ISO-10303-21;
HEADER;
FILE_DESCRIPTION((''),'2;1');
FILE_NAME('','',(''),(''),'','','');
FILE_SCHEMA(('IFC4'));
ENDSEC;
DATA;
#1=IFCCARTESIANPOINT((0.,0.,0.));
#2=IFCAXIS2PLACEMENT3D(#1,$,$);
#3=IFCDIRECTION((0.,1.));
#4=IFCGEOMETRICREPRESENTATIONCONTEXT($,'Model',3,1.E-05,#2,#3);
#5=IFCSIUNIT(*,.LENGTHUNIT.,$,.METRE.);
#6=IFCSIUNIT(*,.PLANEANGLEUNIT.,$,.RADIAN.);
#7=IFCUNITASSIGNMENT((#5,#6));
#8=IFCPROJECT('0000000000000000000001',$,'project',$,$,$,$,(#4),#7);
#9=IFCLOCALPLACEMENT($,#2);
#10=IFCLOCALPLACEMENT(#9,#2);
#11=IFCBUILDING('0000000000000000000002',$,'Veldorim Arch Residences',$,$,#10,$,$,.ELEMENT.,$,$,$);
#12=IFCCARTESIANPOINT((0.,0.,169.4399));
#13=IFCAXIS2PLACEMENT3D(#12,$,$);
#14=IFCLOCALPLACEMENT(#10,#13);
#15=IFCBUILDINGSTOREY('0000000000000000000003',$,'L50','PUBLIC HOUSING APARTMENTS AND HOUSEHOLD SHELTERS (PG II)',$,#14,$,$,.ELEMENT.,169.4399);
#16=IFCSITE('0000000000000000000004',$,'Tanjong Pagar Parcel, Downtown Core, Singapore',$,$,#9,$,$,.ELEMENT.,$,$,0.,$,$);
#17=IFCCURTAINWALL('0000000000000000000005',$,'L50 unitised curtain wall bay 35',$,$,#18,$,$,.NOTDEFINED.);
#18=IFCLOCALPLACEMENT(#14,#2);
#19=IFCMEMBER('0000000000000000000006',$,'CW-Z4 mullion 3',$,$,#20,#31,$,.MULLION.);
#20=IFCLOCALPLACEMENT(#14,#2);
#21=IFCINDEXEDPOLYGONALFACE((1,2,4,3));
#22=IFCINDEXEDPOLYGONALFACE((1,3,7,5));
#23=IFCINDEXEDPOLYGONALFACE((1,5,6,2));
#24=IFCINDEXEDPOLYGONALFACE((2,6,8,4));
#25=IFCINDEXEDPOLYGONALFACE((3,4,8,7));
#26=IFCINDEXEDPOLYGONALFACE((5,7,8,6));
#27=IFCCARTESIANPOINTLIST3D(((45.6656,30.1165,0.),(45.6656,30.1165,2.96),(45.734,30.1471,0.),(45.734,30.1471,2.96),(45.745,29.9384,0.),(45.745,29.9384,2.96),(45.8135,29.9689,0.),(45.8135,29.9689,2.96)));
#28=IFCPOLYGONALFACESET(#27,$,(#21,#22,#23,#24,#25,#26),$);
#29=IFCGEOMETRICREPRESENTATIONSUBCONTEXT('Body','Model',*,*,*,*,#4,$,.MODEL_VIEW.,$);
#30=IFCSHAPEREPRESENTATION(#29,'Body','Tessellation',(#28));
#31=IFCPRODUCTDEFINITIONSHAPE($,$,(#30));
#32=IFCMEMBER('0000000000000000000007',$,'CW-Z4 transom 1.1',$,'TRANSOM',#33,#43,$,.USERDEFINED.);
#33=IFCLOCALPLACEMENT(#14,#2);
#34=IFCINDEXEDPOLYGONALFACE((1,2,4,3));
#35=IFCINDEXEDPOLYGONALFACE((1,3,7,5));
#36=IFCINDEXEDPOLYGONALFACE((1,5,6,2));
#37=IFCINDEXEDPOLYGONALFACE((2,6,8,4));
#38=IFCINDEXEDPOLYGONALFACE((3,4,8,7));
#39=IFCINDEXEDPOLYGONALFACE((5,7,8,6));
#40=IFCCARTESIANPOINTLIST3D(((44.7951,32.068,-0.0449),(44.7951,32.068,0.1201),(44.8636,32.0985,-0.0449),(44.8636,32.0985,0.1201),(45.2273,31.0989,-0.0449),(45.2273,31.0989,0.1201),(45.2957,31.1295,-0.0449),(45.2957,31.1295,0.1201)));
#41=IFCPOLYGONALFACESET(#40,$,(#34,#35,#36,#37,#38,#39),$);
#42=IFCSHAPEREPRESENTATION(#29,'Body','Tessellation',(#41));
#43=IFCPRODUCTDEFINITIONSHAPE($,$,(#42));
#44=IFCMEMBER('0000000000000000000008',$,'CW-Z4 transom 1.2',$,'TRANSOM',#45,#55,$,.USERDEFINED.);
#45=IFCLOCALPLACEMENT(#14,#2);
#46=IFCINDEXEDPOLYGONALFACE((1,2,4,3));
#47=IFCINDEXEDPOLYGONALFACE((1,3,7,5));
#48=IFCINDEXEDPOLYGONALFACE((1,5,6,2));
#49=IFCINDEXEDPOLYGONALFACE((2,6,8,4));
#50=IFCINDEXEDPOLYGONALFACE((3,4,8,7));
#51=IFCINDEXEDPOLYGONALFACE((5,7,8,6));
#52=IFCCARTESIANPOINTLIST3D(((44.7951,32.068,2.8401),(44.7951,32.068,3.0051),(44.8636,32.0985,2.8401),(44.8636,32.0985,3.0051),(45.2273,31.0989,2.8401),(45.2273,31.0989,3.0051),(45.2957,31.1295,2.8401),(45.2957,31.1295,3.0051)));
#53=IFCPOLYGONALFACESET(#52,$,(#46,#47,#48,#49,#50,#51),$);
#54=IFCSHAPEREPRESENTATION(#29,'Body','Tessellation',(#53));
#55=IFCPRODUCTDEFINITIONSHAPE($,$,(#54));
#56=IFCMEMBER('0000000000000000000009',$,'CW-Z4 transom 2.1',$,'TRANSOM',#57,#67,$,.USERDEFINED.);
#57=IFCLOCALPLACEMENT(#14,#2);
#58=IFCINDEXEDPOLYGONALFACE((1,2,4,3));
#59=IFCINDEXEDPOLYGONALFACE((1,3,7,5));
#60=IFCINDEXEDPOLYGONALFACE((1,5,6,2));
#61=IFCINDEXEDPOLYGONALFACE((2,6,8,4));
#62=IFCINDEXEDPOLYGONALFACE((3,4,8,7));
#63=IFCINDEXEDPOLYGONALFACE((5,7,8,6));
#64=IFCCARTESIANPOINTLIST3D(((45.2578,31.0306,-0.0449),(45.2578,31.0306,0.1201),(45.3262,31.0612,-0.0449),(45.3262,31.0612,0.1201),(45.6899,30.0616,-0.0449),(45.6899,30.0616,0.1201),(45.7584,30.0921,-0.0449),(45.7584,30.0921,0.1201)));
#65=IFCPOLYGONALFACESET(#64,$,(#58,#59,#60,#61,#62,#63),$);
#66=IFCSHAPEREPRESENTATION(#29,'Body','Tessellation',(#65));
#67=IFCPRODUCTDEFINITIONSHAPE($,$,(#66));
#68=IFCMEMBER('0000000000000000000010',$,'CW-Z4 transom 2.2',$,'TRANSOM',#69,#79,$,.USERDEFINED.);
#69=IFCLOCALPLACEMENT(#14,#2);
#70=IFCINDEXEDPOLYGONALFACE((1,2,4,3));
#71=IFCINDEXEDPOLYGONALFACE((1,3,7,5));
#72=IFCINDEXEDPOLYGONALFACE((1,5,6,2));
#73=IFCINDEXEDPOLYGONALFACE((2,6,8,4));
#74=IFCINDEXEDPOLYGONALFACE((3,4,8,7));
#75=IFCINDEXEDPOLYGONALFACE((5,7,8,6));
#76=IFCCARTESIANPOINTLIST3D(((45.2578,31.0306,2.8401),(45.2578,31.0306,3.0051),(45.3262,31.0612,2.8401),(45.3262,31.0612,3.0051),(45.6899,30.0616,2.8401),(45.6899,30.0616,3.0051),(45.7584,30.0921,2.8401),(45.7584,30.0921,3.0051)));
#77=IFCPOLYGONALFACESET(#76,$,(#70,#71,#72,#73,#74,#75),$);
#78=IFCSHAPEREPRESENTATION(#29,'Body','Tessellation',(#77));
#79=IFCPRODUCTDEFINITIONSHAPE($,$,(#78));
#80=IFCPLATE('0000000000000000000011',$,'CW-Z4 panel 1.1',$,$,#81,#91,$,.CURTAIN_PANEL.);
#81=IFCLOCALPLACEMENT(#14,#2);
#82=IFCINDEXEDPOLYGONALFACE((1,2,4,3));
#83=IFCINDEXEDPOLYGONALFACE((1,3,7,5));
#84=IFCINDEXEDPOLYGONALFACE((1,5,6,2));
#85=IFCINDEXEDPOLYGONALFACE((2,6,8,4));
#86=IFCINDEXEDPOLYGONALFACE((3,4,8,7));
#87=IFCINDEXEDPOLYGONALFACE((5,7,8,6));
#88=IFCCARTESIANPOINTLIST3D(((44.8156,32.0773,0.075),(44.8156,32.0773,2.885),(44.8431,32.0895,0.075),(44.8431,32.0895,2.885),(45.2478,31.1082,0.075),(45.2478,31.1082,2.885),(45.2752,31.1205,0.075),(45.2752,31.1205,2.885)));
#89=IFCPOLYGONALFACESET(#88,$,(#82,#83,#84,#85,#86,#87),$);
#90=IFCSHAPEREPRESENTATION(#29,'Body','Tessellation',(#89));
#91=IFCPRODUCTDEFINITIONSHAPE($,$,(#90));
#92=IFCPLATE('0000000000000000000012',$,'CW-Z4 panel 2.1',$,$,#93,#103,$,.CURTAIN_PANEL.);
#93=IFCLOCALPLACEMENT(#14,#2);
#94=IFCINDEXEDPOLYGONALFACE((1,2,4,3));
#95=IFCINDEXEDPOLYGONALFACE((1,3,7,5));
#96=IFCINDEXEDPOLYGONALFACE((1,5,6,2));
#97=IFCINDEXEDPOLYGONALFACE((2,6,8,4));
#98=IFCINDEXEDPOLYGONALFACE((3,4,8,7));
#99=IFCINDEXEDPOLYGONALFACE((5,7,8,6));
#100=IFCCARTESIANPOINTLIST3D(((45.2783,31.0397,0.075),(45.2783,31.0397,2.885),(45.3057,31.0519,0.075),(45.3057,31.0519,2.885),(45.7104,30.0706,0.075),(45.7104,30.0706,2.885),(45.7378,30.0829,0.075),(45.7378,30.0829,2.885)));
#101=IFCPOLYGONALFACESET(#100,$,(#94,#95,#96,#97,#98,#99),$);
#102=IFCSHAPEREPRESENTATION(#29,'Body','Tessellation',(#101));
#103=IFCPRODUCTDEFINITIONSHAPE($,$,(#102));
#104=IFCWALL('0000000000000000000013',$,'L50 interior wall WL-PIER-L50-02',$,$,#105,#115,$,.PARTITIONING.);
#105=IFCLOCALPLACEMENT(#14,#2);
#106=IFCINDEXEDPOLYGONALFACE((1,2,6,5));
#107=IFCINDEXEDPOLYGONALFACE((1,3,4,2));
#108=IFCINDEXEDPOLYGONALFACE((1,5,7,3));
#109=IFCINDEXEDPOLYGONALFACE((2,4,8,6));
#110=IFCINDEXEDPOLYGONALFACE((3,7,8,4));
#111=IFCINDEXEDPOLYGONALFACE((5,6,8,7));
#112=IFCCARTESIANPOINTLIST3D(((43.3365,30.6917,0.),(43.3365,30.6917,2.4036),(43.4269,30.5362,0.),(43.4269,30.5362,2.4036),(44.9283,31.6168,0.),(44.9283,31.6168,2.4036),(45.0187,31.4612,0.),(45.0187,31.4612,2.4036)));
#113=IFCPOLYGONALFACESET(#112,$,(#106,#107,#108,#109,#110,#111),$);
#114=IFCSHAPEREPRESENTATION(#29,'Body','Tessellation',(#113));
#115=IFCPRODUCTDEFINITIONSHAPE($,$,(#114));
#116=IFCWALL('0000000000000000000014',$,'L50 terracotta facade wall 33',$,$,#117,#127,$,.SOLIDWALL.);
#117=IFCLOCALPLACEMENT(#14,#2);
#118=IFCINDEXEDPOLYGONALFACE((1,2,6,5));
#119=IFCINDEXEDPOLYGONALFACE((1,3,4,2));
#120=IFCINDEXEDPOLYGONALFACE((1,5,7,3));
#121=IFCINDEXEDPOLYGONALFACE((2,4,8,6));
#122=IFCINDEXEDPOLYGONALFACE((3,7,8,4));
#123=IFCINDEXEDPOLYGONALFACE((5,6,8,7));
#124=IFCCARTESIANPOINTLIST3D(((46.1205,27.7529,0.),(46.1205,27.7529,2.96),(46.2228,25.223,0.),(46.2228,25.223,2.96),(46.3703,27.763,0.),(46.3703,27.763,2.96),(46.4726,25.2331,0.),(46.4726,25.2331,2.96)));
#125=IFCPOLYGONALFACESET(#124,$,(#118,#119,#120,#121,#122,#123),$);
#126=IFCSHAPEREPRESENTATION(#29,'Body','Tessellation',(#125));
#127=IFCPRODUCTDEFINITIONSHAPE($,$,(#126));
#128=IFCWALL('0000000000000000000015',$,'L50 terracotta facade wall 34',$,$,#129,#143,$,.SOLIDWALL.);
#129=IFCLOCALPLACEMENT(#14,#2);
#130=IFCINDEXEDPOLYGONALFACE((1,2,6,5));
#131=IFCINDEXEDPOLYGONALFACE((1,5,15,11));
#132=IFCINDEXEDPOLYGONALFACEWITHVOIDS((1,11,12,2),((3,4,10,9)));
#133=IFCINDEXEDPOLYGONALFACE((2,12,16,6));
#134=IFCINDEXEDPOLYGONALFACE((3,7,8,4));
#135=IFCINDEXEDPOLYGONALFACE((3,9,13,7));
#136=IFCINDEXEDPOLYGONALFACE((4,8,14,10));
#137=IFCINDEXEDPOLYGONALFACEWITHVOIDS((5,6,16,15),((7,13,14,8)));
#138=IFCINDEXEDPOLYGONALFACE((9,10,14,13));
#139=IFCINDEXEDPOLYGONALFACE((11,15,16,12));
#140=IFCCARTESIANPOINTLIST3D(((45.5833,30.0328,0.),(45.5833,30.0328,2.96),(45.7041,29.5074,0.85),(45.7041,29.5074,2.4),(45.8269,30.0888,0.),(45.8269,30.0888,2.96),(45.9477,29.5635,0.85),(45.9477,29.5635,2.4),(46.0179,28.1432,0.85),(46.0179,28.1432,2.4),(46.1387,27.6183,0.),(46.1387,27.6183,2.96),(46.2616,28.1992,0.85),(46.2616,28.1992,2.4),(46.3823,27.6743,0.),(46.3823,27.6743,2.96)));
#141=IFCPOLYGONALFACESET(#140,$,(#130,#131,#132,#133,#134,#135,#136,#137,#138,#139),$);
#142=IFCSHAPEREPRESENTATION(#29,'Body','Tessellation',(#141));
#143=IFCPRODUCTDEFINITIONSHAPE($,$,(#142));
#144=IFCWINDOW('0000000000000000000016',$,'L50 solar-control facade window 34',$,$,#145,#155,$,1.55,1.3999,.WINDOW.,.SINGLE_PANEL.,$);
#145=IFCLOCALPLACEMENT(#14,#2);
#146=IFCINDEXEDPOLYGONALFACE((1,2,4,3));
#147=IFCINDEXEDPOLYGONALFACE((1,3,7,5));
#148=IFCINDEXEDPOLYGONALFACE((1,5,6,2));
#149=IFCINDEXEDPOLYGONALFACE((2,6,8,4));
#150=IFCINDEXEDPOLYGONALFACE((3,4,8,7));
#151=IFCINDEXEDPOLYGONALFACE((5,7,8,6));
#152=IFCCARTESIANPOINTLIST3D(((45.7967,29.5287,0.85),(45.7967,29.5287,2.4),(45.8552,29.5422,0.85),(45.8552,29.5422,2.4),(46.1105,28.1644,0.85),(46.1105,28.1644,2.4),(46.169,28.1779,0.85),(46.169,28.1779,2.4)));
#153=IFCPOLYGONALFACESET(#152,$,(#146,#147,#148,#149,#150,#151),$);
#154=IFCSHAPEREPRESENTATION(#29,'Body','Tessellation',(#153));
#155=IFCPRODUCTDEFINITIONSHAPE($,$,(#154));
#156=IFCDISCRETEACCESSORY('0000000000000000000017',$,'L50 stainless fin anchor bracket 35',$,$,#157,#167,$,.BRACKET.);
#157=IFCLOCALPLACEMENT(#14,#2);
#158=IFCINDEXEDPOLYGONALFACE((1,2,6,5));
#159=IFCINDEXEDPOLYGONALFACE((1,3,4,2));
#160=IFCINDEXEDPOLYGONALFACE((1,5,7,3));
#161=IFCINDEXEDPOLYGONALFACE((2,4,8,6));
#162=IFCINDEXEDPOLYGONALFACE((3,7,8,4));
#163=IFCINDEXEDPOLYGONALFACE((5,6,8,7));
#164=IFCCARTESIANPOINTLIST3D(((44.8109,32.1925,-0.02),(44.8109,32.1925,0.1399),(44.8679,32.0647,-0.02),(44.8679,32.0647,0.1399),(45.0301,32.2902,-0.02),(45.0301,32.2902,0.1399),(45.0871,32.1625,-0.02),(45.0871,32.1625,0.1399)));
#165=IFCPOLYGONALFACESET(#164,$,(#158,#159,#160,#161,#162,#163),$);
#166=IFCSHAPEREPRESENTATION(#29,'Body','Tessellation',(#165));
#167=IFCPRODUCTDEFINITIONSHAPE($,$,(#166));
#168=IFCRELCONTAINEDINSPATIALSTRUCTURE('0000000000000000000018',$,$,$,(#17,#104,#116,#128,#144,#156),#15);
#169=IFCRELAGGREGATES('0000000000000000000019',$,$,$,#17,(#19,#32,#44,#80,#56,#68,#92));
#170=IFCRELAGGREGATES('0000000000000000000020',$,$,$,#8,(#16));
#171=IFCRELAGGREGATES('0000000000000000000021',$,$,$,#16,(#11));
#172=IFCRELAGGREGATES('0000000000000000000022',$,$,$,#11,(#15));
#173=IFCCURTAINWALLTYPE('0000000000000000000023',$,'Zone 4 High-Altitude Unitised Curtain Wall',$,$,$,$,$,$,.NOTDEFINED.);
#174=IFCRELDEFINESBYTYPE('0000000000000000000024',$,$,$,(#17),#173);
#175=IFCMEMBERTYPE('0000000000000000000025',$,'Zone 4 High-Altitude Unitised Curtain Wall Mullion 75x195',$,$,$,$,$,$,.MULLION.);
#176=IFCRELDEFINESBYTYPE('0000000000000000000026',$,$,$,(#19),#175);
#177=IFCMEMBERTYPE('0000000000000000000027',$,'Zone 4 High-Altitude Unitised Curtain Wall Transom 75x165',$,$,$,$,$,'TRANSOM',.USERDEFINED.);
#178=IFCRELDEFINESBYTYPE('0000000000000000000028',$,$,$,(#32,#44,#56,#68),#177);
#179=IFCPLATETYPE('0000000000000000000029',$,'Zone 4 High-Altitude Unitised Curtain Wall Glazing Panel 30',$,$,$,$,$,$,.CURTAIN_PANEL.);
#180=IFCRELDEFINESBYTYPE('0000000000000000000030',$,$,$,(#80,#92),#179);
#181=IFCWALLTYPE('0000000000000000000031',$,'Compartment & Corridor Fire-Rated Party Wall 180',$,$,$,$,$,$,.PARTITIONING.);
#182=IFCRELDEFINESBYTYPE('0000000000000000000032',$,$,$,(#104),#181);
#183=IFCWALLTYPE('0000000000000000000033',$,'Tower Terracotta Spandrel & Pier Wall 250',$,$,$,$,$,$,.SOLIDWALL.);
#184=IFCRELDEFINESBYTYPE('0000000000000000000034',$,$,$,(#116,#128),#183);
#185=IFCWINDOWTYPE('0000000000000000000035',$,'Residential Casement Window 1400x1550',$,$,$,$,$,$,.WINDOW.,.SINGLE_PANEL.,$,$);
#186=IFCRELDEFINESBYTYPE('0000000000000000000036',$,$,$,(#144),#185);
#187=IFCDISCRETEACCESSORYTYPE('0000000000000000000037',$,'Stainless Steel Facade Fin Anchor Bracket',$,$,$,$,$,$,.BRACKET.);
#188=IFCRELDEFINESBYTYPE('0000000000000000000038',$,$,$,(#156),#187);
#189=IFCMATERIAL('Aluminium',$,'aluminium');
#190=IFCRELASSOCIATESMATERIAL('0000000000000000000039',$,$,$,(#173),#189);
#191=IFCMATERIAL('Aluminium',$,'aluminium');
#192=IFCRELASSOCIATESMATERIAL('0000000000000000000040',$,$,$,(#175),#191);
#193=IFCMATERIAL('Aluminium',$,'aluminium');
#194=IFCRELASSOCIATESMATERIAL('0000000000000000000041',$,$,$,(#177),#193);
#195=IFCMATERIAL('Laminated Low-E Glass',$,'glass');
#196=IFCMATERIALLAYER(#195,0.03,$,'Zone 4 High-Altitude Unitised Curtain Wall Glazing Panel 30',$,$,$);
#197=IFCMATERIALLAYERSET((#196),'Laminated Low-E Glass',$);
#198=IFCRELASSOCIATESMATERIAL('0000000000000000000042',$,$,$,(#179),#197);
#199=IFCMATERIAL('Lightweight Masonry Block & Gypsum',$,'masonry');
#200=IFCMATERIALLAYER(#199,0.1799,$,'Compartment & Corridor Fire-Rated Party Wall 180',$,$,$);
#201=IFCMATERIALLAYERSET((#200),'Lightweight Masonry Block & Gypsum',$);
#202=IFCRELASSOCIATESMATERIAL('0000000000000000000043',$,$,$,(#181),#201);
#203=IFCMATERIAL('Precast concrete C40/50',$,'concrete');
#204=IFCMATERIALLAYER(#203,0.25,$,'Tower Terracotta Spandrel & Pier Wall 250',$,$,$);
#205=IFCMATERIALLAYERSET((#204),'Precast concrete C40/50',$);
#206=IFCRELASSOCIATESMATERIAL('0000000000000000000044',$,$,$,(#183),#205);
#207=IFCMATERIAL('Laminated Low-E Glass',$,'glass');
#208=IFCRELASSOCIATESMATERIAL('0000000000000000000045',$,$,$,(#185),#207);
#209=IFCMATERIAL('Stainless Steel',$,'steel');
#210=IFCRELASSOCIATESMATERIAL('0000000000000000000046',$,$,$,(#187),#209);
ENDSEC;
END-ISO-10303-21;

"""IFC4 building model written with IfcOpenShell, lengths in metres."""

from ifc_helpers import new_model, si_unit, direction, frame, frame_2d, origin, origin_2d, place, context, subcontext, project, spatial, rectangle, extrude, material, layer, layer_set, material_profile, profile_set, type_object, element, fill, aggregate, save


model = new_model("IFC4")

# Units and contexts
model_context = context("Model", 3, precision=1e-05, world=origin(), true_north=direction((0.0, 1.0)))
body_context = subcontext(model_context, "Body", "Model", "MODEL_VIEW")
ifc_project = project(units=[si_unit("LENGTHUNIT", "METRE"), si_unit("PLANEANGLEUNIT", "RADIAN")], contexts=[model_context])

# Site, building, storey
site_placement = place(None, origin())
site = spatial("IfcSite", under=ifc_project, at=site_placement, Name="Tanjong Pagar Parcel, Downtown Core, Singapore", CompositionType="ELEMENT", RefElevation=0.0)
building_placement = place(site_placement, origin())
building = spatial("IfcBuilding", under=site, at=building_placement, Name="Veldorim Arch Residences", CompositionType="ELEMENT")
storey_placement = place(building_placement, frame((0.0, 0.0, 169.4399)))
storey = spatial("IfcBuildingStorey", under=building, at=storey_placement, Name="L50", Description="PUBLIC HOUSING APARTMENTS AND HOUSEHOLD SHELTERS (PG II)", CompositionType="ELEMENT", Elevation=169.4399)

# Curtain wall, members, plates
ifc_material_1 = material(Name="Aluminium", Category="aluminium")
curtain_wall_type = type_object("IfcCurtainWallType", Name="Zone 4 High-Altitude Unitised Curtain Wall", PredefinedType="NOTDEFINED", material=ifc_material_1)
curtain_wall_placement = place(storey_placement, origin())
curtain_wall = element("IfcCurtainWall", 1, at=curtain_wall_placement, inside=storey, type_object=curtain_wall_type, Name="L50 unitised curtain wall bay 35", PredefinedType="NOTDEFINED")
ifc_material_2 = material(Name="Aluminium", Category="aluminium")
ifc_material_profile_1 = material_profile(ifc_material_2, rectangle(XDim=0.075, YDim=0.1951, at=origin_2d()), Name="ALU_MUL_75x195")
ifc_profile_set_1 = profile_set([ifc_material_profile_1], Name="Aluminium")
member_type_1 = type_object("IfcMemberType", Name="Zone 4 High-Altitude Unitised Curtain Wall Mullion 75x195", PredefinedType="MULLION", material=ifc_profile_set_1)
member_1_placement = place(storey_placement, frame((45.7395, 30.0427, 0.0), z_axis=(0.0, 0.0, 1.0), x_axis=(0.913308, 0.407269, 0.0)))
member_1 = element("IfcMember", 2, at=member_1_placement, type_object=member_type_1, Name="CW-Z4 mullion 3", PredefinedType="MULLION", context=body_context, shape_type="SweptSolid", body=[
    extrude(rectangle(XDim=0.075, YDim=0.1951, at=origin_2d()), origin(), (0.0, 0.0, 1.0), 2.96),
])
ifc_material_3 = material(Name="Aluminium", Category="aluminium")
ifc_material_profile_2 = material_profile(ifc_material_3, rectangle(XDim=0.075, YDim=0.165, at=origin_2d()), Name="ALU_TRN_75x165")
ifc_profile_set_2 = profile_set([ifc_material_profile_2], Name="Aluminium")
member_type_2 = type_object("IfcMemberType", Name="Zone 4 High-Altitude Unitised Curtain Wall Transom 75x165", ElementType="TRANSOM", PredefinedType="USERDEFINED", material=ifc_profile_set_2)
member_2_placement = place(storey_placement, frame((44.8293, 32.0833, 0.0376), z_axis=(0.407291, -0.913298, 0.0), x_axis=(0.913298, 0.407291, 0.0)))
member_2 = element("IfcMember", 3, at=member_2_placement, type_object=member_type_2, Name="CW-Z4 transom 1.1", ObjectType="TRANSOM", PredefinedType="USERDEFINED", context=body_context, shape_type="SweptSolid", body=[
    extrude(rectangle(XDim=0.075, YDim=0.165, at=origin_2d()), origin(), (0.0, 0.0, 1.0), 1.061),
])
member_3_placement = place(storey_placement, frame((44.8293, 32.0833, 2.9226), z_axis=(0.407291, -0.913298, 0.0), x_axis=(0.913298, 0.407291, 0.0)))
member_3 = element("IfcMember", 4, at=member_3_placement, type_object=member_type_2, Name="CW-Z4 transom 1.2", ObjectType="TRANSOM", PredefinedType="USERDEFINED", context=body_context, shape_type="SweptSolid", body=[
    extrude(rectangle(XDim=0.075, YDim=0.165, at=origin_2d()), origin(), (0.0, 0.0, 1.0), 1.061),
])
member_4_placement = place(storey_placement, frame((45.292, 31.0459, 0.0376), z_axis=(0.407291, -0.913298, 0.0), x_axis=(0.913298, 0.407291, 0.0)))
member_4 = element("IfcMember", 5, at=member_4_placement, type_object=member_type_2, Name="CW-Z4 transom 2.1", ObjectType="TRANSOM", PredefinedType="USERDEFINED", context=body_context, shape_type="SweptSolid", body=[
    extrude(rectangle(XDim=0.075, YDim=0.165, at=origin_2d()), origin(), (0.0, 0.0, 1.0), 1.061),
])
member_5_placement = place(storey_placement, frame((45.292, 31.0459, 2.9226), z_axis=(0.407291, -0.913298, 0.0), x_axis=(0.913298, 0.407291, 0.0)))
member_5 = element("IfcMember", 6, at=member_5_placement, type_object=member_type_2, Name="CW-Z4 transom 2.2", ObjectType="TRANSOM", PredefinedType="USERDEFINED", context=body_context, shape_type="SweptSolid", body=[
    extrude(rectangle(XDim=0.075, YDim=0.165, at=origin_2d()), origin(), (0.0, 0.0, 1.0), 1.061),
])
ifc_material_4 = material(Name="Laminated Low-E Glass", Category="glass")
ifc_layer_1 = layer(ifc_material_4, 0.03, Name="Zone 4 High-Altitude Unitised Curtain Wall Glazing Panel 30")
ifc_layer_set_1 = layer_set([ifc_layer_1], Name="Laminated Low-E Glass")
plate_type = type_object("IfcPlateType", Name="Zone 4 High-Altitude Unitised Curtain Wall Glazing Panel 30", PredefinedType="CURTAIN_PANEL", material=ifc_layer_set_1)
plate_1_placement = place(storey_placement, frame((45.0454, 31.5989, 0.075), z_axis=(0.0, 0.0, 1.0), x_axis=(0.407269, -0.913308, 0.0)))
plate_1 = element("IfcPlate", 7, at=plate_1_placement, type_object=plate_type, Name="CW-Z4 panel 1.1", PredefinedType="CURTAIN_PANEL", context=body_context, shape_type="SweptSolid", body=[
    extrude(rectangle(XDim=1.061, YDim=0.03, at=origin_2d()), origin(), (0.0, 0.0, 1.0), 2.8101),
])
plate_2_placement = place(storey_placement, frame((45.5081, 30.5613, 0.075), z_axis=(0.0, 0.0, 1.0), x_axis=(0.407269, -0.913308, 0.0)))
plate_2 = element("IfcPlate", 8, at=plate_2_placement, type_object=plate_type, Name="CW-Z4 panel 2.1", PredefinedType="CURTAIN_PANEL", context=body_context, shape_type="SweptSolid", body=[
    extrude(rectangle(XDim=1.061, YDim=0.03, at=origin_2d()), origin(), (0.0, 0.0, 1.0), 2.8101),
])
aggregate(curtain_wall, [member_1, member_2, member_3, plate_1, member_4, member_5, plate_2])

# Walls
ifc_material_5 = material(Name="Lightweight Masonry Block & Gypsum", Category="masonry")
ifc_layer_2 = layer(ifc_material_5, 0.1799, Name="Compartment & Corridor Fire-Rated Party Wall 180")
ifc_layer_set_2 = layer_set([ifc_layer_2], Name="Lightweight Masonry Block & Gypsum")
wall_type_1 = type_object("IfcWallType", Name="Compartment & Corridor Fire-Rated Party Wall 180", PredefinedType="PARTITIONING", material=ifc_layer_set_2)
wall_1_placement = place(storey_placement, frame((43.3818, 30.614, 0.0), z_axis=(0.0, 0.0, 1.0), x_axis=(0.864605, 0.502452, 0.0)))
element("IfcWall", 9, at=wall_1_placement, inside=storey, type_object=wall_type_1, Name="L50 interior wall WL-PIER-L50-02", PredefinedType="PARTITIONING", context=body_context, shape_type="SweptSolid", body=[
    extrude(rectangle(XDim=1.8411, YDim=0.1799, at=frame_2d((0.9204, 0.0))), origin(), (0.0, 0.0, 1.0), 2.4036),
])
ifc_material_6 = material(Name="Precast concrete C40/50", Category="concrete")
ifc_layer_3 = layer(ifc_material_6, 0.25, Name="Tower Terracotta Spandrel & Pier Wall 250")
ifc_layer_set_3 = layer_set([ifc_layer_3], Name="Precast concrete C40/50")
wall_type_2 = type_object("IfcWallType", Name="Tower Terracotta Spandrel & Pier Wall 250", PredefinedType="SOLIDWALL", material=ifc_layer_set_3)
wall_2_placement = place(storey_placement, frame((46.2454, 27.7581, 0.0), z_axis=(0.0, 0.0, 1.0), x_axis=(0.040399, -0.999184, 0.0)))
element("IfcWall", 10, at=wall_2_placement, inside=storey, type_object=wall_type_2, Name="L50 terracotta facade wall 33", PredefinedType="SOLIDWALL", context=body_context, shape_type="SweptSolid", body=[
    extrude(rectangle(XDim=2.532, YDim=0.25, at=frame_2d((1.2661, 0.0))), origin(), (0.0, 0.0, 1.0), 2.96),
])

# Wall, opening, window
wall_3_placement = place(storey_placement, frame((45.7051, 30.0608, 0.0), z_axis=(0.0, 0.0, 1.0), x_axis=(0.224176, -0.974549, 0.0)))
wall_3 = element("IfcWall", 11, at=wall_3_placement, inside=storey, type_object=wall_type_2, Name="L50 terracotta facade wall 34", PredefinedType="SOLIDWALL", context=body_context, shape_type="SweptSolid", body=[
    extrude(rectangle(XDim=2.4775, YDim=0.25, at=frame_2d((1.2388, 0.0))), origin(), (0.0, 0.0, 1.0), 2.96),
])
opening_placement = place(wall_3_placement, frame((0.5391, 0.0, 0.8501)))
opening = element("IfcOpeningElement", 12, at=opening_placement, cuts=wall_3, PredefinedType="OPENING", context=body_context, shape_type="SweptSolid", body=[
    extrude(rectangle(XDim=1.3999, YDim=1.55, at=frame_2d((0.7, 0.7749))), frame((0.0, 0.135, 0.0), z_axis=(0.0, -1.0, 0.0), x_axis=(1.0, 0.0, 0.0)), (0.0, 0.0, 1.0), 0.27),
])
ifc_material_7 = material(Name="Laminated Low-E Glass", Category="glass")
window_type = type_object("IfcWindowType", Name="Residential Casement Window 1400x1550", PartitioningType="SINGLE_PANEL", PredefinedType="WINDOW", material=ifc_material_7)
window_placement = place(opening_placement, origin())
window = element("IfcWindow", 13, at=window_placement, inside=storey, type_object=window_type, Name="L50 solar-control facade window 34", OverallHeight=1.55, OverallWidth=1.3999, PartitioningType="SINGLE_PANEL", PredefinedType="WINDOW", context=body_context, shape_type="SweptSolid", body=[
    extrude(rectangle(XDim=1.3999, YDim=1.55, at=frame_2d((0.7, 0.7749))), frame((0.0, 0.03, 0.0), z_axis=(0.0, -1.0, 0.0), x_axis=(1.0, 0.0, 0.0)), (0.0, 0.0, 1.0), 0.0601),
])
fill(opening, window)

# Discrete accessory
ifc_material_8 = material(Name="Stainless Steel", Category="steel")
discrete_accessory_type = type_object("IfcDiscreteAccessoryType", Name="Stainless Steel Facade Fin Anchor Bracket", PredefinedType="BRACKET", material=ifc_material_8)
discrete_accessory_placement = place(storey_placement, frame((44.949, 32.1775, -0.02), z_axis=(0.0, 0.0, 1.0), x_axis=(0.407215, -0.913332, 0.0)))
element("IfcDiscreteAccessory", 14, at=discrete_accessory_placement, inside=storey, type_object=discrete_accessory_type, Name="L50 stainless fin anchor bracket 35", PredefinedType="BRACKET", context=body_context, shape_type="SweptSolid", body=[
    extrude(rectangle(XDim=0.1399, YDim=0.24, at=origin_2d()), origin(), (0.0, 0.0, 1.0), 0.1599),
])

save(model, "model.ifc")
